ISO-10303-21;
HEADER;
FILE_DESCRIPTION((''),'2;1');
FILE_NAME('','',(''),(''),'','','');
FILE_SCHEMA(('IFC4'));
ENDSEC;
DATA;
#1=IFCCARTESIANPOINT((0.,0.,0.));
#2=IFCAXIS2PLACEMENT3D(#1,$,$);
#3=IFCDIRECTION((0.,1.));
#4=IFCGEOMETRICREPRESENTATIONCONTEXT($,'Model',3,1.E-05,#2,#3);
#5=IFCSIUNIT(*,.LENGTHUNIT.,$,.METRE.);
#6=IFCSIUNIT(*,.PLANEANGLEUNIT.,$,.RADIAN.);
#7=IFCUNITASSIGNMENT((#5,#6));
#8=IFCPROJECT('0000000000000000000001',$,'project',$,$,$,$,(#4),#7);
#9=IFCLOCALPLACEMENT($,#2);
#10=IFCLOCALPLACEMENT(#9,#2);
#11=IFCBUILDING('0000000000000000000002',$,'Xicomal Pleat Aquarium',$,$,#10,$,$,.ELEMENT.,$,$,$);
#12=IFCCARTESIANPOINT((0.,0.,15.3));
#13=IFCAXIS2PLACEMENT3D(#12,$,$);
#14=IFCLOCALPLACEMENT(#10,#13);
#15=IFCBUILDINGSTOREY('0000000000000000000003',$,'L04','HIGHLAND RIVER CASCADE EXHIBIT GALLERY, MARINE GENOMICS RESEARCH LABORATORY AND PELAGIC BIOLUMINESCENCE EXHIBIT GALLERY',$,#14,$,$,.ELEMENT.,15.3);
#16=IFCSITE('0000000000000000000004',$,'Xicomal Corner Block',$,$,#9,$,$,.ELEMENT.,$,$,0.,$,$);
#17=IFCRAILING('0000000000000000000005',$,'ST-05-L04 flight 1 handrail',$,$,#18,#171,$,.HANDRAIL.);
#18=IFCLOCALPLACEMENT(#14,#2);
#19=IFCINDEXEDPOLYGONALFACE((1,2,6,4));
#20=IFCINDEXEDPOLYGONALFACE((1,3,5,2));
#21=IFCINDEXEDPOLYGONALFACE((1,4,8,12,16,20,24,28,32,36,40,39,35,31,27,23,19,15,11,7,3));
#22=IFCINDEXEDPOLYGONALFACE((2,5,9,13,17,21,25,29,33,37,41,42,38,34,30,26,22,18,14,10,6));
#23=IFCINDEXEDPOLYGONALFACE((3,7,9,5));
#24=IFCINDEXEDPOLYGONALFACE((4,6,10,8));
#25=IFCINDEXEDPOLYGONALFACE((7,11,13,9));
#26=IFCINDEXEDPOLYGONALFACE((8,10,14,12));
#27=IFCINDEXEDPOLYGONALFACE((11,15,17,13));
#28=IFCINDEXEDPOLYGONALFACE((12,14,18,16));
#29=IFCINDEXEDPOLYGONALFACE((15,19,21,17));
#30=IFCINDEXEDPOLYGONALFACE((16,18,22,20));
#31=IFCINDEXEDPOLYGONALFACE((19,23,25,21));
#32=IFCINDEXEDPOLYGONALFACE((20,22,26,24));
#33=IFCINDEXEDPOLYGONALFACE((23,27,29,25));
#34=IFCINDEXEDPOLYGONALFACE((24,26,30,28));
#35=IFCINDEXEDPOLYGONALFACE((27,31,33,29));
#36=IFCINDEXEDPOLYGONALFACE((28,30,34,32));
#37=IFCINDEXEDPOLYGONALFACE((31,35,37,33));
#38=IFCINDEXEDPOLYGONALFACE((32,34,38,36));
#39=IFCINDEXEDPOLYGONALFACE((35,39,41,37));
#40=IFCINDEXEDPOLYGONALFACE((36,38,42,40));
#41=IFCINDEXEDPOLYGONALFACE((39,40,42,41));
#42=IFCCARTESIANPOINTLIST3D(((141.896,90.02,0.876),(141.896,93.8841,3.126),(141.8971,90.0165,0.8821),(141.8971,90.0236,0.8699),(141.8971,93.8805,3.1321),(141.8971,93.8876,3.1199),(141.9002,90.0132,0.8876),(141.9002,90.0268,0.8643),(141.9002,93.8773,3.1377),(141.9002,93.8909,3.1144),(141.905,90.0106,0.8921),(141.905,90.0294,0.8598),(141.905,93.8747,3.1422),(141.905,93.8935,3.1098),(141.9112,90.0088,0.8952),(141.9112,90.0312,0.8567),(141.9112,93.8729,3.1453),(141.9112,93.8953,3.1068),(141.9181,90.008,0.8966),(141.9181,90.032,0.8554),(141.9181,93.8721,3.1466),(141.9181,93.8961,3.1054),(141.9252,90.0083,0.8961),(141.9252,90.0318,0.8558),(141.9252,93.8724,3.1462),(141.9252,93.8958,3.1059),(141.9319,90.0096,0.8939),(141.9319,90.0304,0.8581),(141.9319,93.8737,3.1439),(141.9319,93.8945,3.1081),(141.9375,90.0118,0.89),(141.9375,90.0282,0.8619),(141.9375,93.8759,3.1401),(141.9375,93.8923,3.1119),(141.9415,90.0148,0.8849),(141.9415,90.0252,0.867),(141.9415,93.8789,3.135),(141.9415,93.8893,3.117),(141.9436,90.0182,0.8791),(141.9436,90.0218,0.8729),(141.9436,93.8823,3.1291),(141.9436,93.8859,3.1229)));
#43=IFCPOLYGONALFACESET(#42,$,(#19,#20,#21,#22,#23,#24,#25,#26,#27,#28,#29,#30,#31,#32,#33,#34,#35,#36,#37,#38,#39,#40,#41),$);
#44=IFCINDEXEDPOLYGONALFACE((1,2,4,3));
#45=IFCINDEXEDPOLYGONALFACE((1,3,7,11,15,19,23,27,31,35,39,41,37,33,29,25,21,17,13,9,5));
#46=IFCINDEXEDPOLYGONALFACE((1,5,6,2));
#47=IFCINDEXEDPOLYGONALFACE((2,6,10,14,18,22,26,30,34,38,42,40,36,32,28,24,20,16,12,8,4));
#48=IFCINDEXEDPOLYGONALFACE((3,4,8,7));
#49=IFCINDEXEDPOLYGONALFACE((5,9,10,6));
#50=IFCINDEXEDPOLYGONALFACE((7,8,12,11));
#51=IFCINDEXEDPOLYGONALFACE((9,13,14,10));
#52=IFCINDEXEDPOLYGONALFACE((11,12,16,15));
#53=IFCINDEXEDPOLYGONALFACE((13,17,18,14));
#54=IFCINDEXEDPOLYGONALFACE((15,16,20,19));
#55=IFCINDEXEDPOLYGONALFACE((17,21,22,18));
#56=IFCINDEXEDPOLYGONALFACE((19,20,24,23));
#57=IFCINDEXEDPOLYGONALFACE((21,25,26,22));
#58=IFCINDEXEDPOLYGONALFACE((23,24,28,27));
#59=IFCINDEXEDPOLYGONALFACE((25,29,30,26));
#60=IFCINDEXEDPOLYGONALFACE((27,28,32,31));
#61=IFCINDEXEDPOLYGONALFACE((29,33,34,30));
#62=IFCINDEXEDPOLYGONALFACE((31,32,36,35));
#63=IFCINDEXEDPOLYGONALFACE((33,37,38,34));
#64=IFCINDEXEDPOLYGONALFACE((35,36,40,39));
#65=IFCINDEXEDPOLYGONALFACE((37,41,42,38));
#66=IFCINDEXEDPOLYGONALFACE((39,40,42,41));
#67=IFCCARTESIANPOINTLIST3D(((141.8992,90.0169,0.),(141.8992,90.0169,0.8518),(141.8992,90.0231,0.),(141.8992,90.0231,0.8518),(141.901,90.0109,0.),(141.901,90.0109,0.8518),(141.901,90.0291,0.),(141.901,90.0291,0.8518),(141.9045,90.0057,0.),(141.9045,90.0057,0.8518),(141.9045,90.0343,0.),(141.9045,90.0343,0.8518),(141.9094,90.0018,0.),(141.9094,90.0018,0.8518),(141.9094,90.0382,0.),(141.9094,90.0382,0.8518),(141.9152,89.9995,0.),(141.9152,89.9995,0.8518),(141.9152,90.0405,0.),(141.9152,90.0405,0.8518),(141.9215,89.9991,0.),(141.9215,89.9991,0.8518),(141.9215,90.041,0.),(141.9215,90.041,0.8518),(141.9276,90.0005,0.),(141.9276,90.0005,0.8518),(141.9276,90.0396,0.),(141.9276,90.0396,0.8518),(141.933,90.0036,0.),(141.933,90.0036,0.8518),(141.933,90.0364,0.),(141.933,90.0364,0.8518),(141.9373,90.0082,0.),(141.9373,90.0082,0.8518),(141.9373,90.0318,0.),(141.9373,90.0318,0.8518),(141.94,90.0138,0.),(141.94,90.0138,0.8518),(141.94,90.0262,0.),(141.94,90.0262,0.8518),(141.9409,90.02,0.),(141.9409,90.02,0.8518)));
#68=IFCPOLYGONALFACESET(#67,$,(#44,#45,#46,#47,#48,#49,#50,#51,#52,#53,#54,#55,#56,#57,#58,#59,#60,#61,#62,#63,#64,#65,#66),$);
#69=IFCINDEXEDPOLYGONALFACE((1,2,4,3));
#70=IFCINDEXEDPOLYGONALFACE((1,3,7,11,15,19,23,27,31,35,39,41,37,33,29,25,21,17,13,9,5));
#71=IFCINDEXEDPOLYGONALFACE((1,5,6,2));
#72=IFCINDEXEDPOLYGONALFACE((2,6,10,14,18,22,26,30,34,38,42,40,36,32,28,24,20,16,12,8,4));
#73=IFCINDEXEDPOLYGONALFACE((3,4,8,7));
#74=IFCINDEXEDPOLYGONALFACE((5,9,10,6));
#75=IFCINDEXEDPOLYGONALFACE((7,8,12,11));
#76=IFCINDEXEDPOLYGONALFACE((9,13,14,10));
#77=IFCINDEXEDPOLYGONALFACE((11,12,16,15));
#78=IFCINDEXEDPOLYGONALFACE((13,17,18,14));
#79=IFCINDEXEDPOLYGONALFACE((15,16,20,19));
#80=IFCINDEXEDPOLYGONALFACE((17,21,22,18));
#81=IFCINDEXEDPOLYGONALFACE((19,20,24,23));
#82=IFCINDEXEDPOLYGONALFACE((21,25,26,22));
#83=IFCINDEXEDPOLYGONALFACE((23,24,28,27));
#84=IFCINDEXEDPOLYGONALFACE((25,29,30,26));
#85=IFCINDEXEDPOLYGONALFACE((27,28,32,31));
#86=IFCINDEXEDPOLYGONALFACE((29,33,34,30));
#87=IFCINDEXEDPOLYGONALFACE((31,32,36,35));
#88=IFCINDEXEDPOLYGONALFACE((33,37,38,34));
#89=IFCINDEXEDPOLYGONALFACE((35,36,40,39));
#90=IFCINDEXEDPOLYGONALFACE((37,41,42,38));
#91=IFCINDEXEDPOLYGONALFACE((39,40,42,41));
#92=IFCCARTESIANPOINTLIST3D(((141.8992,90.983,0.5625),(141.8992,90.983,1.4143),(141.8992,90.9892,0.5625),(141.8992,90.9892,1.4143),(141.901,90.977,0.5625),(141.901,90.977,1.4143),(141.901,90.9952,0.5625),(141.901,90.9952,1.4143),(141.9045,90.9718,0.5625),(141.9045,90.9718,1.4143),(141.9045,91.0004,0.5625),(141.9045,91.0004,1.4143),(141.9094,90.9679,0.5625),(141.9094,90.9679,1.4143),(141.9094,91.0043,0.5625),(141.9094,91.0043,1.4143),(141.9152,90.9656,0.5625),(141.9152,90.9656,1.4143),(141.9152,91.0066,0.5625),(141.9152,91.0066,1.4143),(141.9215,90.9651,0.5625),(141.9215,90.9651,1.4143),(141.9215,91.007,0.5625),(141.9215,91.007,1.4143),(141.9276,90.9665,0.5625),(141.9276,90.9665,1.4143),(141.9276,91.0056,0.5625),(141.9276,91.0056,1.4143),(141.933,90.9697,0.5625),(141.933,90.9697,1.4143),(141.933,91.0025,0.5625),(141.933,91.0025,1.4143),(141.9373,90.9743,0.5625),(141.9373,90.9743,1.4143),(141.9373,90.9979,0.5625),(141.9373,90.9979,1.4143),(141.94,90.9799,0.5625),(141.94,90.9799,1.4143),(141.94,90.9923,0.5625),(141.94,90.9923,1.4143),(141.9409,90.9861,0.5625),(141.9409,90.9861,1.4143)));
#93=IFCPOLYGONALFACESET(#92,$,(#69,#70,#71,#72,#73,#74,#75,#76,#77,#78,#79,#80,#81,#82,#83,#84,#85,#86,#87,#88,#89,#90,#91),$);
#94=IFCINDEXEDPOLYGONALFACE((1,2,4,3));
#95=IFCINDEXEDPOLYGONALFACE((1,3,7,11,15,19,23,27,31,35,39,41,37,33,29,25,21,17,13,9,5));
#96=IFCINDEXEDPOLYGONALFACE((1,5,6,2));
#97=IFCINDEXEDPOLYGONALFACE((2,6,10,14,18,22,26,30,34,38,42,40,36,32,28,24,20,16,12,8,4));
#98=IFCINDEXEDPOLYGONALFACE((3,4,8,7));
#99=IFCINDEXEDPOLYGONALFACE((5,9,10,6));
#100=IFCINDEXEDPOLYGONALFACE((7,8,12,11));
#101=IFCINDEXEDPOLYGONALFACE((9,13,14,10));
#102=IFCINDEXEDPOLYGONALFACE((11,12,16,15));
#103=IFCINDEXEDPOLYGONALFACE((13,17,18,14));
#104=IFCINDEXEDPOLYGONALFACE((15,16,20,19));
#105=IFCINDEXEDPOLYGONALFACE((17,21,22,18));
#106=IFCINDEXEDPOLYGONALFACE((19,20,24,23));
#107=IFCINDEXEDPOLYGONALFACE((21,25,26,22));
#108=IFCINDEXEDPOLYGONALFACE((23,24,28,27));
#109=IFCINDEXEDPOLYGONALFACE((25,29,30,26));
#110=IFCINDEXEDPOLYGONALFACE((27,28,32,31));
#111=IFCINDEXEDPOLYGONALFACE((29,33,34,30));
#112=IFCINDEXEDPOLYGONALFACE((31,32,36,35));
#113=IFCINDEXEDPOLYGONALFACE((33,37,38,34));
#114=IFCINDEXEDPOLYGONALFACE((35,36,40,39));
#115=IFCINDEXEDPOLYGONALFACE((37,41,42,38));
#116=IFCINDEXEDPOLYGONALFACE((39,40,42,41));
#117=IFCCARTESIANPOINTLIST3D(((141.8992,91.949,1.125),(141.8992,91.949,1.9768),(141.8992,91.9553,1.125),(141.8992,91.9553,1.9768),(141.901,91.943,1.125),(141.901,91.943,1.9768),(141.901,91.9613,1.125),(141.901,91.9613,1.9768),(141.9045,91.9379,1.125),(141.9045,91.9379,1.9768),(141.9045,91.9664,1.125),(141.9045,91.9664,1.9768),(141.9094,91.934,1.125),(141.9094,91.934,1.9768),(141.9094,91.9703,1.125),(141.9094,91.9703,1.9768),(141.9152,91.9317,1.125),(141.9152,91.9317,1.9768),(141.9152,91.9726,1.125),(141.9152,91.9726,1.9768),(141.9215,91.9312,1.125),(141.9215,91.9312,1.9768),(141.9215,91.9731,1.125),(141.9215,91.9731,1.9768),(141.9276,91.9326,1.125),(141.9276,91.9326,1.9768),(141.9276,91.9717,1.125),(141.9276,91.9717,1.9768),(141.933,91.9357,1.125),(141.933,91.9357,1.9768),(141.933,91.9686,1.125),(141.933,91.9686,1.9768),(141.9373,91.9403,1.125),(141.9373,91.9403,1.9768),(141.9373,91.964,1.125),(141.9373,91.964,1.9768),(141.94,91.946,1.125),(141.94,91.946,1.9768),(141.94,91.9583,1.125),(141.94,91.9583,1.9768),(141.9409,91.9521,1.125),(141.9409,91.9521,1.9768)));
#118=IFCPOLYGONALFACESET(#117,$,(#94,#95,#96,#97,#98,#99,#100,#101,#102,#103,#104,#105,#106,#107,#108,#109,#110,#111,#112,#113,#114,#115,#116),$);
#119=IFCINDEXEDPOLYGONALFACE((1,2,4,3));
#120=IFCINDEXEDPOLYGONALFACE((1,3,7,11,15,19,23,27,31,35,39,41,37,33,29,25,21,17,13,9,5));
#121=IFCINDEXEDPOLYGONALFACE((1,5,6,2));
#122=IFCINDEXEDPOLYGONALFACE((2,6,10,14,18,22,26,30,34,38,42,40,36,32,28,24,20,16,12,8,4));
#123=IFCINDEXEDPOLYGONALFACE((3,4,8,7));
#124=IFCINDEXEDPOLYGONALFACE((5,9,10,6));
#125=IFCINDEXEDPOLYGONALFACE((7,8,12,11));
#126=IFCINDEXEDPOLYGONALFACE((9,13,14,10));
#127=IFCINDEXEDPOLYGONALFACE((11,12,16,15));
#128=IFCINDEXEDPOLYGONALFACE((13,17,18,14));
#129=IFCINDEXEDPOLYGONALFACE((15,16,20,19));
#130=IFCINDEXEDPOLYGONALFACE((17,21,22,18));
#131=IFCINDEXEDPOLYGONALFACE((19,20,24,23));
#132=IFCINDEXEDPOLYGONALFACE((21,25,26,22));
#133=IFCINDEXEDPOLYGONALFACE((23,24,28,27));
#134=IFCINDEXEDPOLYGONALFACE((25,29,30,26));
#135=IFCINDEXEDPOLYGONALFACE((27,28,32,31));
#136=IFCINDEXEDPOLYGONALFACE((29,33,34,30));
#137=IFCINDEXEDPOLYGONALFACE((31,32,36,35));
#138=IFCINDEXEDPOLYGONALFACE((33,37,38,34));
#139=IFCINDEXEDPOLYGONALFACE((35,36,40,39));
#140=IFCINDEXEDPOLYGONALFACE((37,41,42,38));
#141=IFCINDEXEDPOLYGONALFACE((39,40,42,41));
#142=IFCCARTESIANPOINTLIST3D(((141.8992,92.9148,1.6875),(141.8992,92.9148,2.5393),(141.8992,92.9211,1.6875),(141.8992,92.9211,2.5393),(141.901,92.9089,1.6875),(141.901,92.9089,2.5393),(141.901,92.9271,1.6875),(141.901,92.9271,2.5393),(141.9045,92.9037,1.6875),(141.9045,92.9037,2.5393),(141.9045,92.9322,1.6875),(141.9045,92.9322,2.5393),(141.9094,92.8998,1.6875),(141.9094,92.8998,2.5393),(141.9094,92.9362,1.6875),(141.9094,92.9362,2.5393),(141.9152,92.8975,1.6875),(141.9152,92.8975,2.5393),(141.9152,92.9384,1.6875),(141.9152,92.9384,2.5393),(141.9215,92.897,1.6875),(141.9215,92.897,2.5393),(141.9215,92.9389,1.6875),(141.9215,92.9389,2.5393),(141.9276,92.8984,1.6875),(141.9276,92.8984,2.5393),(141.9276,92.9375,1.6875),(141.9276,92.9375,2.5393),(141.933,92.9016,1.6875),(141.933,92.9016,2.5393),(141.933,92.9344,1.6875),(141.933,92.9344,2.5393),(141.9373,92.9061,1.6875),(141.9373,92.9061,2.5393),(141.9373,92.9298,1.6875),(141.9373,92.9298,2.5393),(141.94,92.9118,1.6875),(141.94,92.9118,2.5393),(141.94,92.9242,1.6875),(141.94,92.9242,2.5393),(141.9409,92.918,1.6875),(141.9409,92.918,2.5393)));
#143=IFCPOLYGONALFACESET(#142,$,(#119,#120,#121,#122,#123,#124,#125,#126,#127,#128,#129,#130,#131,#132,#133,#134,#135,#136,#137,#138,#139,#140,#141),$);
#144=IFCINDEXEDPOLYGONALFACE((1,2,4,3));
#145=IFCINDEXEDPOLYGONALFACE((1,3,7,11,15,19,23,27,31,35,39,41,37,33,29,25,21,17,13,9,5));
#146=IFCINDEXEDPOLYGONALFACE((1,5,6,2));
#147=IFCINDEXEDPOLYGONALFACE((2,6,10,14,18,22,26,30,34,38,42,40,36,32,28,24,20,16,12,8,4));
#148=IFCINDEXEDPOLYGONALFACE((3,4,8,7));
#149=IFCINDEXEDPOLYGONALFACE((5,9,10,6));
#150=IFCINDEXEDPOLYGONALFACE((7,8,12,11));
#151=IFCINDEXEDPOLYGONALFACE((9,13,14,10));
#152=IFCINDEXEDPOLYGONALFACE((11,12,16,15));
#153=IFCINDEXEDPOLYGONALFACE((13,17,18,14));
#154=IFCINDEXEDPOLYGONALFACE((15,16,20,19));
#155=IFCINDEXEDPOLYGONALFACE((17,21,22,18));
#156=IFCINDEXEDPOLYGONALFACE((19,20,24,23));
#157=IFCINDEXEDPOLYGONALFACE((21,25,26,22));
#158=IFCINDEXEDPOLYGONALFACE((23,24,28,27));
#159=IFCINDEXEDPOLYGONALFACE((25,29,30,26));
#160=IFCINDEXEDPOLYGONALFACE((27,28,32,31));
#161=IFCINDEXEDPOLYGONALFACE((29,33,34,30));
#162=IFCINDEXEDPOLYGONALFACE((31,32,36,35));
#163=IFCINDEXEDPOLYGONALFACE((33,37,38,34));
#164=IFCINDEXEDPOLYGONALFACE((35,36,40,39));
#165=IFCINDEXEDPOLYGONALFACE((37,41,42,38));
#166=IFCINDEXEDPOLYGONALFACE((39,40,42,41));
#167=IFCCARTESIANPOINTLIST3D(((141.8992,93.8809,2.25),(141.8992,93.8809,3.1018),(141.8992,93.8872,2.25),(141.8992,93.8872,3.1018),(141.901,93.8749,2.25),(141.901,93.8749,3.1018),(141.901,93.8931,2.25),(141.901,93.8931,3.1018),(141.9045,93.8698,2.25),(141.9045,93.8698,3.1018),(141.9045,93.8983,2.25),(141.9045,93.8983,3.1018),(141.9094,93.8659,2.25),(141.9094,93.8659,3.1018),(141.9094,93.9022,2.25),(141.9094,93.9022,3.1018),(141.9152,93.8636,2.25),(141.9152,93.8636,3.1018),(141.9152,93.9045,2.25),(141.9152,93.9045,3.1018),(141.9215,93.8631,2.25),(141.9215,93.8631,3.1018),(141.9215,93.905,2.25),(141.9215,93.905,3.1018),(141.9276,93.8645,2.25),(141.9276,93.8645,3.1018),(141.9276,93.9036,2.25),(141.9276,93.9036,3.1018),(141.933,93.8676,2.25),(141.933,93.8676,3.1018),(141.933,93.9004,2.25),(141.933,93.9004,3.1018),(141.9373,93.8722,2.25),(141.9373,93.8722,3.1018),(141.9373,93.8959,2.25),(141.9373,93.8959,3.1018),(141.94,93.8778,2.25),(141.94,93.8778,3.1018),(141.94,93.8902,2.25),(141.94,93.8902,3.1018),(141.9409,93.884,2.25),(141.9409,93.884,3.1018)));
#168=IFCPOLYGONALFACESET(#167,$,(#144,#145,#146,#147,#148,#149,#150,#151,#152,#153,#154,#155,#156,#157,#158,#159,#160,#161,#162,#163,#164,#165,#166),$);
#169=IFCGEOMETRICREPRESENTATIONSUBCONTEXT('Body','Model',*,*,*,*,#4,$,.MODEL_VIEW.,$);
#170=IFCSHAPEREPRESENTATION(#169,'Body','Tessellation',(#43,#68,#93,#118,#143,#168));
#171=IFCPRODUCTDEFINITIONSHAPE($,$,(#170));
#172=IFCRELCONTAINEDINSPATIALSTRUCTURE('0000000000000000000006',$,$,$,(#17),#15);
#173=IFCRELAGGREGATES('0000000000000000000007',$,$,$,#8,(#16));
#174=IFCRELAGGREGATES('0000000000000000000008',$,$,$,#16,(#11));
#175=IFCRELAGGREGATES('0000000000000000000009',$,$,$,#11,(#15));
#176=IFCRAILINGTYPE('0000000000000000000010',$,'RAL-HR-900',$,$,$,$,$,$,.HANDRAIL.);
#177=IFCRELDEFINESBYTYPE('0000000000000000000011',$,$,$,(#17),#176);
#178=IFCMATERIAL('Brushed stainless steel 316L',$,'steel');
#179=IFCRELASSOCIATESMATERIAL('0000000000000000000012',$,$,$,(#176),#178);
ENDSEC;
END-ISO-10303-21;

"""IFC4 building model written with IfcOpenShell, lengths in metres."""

from ifc_helpers import new_model, si_unit, direction, frame, origin, origin_2d, place, context, subcontext, project, spatial, circle, extrude, material, type_object, element, save


model = new_model("IFC4")

# Units and contexts
model_context = context("Model", 3, precision=1e-05, world=origin(), true_north=direction((0.0, 1.0)))
body_context = subcontext(model_context, "Body", "Model", "MODEL_VIEW")
ifc_project = project(units=[si_unit("LENGTHUNIT", "METRE"), si_unit("PLANEANGLEUNIT", "RADIAN")], contexts=[model_context])

# Site, building, storey
site_placement = place(None, origin())
site = spatial("IfcSite", under=ifc_project, at=site_placement, Name="Xicomal Corner Block", CompositionType="ELEMENT", RefElevation=0.0)
building_placement = place(site_placement, origin())
building = spatial("IfcBuilding", under=site, at=building_placement, Name="Xicomal Pleat Aquarium", CompositionType="ELEMENT")
storey_placement = place(building_placement, frame((0.0, 0.0, 15.3)))
storey = spatial("IfcBuildingStorey", under=building, at=storey_placement, Name="L04", Description="HIGHLAND RIVER CASCADE EXHIBIT GALLERY, MARINE GENOMICS RESEARCH LABORATORY AND PELAGIC BIOLUMINESCENCE EXHIBIT GALLERY", CompositionType="ELEMENT", Elevation=15.3)

# Railing
ifc_material_1 = material(Name="Brushed stainless steel 316L", Category="steel")
railing_type_1 = type_object("IfcRailingType", Name="RAL-HR-900", PredefinedType="HANDRAIL", material=ifc_material_1)
railing_1_placement = place(storey_placement, frame((141.9199, 90.02, 0.0)))
element("IfcRailing", 1, at=railing_1_placement, inside=storey, type_object=railing_type_1, Name="ST-05-L04 flight 1 handrail", PredefinedType="HANDRAIL", context=body_context, shape_type="SweptSolid", body=[
    extrude(circle(Radius=0.0239, at=origin_2d()), frame((0.0, 0.0, 0.876), z_axis=(0.0, 0.864169, 0.503202), x_axis=(-1.0, 0.0, 0.0)), (0.0, 0.0, 1.0), 4.4714),
    extrude(circle(Radius=0.021, at=origin_2d()), origin(), (0.0, 0.0, 1.0), 0.8518),
    extrude(circle(Radius=0.021, at=origin_2d()), frame((0.0, 0.9661, 0.5625)), (0.0, 0.0, 1.0), 0.8518),
    extrude(circle(Radius=0.021, at=origin_2d()), frame((0.0, 1.9321, 1.125)), (0.0, 0.0, 1.0), 0.8518),
    extrude(circle(Radius=0.021, at=origin_2d()), frame((0.0, 2.8979, 1.6875)), (0.0, 0.0, 1.0), 0.8518),
    extrude(circle(Radius=0.021, at=origin_2d()), frame((0.0, 3.864, 2.25)), (0.0, 0.0, 1.0), 0.8518),
])

save(model, "model.ifc")
